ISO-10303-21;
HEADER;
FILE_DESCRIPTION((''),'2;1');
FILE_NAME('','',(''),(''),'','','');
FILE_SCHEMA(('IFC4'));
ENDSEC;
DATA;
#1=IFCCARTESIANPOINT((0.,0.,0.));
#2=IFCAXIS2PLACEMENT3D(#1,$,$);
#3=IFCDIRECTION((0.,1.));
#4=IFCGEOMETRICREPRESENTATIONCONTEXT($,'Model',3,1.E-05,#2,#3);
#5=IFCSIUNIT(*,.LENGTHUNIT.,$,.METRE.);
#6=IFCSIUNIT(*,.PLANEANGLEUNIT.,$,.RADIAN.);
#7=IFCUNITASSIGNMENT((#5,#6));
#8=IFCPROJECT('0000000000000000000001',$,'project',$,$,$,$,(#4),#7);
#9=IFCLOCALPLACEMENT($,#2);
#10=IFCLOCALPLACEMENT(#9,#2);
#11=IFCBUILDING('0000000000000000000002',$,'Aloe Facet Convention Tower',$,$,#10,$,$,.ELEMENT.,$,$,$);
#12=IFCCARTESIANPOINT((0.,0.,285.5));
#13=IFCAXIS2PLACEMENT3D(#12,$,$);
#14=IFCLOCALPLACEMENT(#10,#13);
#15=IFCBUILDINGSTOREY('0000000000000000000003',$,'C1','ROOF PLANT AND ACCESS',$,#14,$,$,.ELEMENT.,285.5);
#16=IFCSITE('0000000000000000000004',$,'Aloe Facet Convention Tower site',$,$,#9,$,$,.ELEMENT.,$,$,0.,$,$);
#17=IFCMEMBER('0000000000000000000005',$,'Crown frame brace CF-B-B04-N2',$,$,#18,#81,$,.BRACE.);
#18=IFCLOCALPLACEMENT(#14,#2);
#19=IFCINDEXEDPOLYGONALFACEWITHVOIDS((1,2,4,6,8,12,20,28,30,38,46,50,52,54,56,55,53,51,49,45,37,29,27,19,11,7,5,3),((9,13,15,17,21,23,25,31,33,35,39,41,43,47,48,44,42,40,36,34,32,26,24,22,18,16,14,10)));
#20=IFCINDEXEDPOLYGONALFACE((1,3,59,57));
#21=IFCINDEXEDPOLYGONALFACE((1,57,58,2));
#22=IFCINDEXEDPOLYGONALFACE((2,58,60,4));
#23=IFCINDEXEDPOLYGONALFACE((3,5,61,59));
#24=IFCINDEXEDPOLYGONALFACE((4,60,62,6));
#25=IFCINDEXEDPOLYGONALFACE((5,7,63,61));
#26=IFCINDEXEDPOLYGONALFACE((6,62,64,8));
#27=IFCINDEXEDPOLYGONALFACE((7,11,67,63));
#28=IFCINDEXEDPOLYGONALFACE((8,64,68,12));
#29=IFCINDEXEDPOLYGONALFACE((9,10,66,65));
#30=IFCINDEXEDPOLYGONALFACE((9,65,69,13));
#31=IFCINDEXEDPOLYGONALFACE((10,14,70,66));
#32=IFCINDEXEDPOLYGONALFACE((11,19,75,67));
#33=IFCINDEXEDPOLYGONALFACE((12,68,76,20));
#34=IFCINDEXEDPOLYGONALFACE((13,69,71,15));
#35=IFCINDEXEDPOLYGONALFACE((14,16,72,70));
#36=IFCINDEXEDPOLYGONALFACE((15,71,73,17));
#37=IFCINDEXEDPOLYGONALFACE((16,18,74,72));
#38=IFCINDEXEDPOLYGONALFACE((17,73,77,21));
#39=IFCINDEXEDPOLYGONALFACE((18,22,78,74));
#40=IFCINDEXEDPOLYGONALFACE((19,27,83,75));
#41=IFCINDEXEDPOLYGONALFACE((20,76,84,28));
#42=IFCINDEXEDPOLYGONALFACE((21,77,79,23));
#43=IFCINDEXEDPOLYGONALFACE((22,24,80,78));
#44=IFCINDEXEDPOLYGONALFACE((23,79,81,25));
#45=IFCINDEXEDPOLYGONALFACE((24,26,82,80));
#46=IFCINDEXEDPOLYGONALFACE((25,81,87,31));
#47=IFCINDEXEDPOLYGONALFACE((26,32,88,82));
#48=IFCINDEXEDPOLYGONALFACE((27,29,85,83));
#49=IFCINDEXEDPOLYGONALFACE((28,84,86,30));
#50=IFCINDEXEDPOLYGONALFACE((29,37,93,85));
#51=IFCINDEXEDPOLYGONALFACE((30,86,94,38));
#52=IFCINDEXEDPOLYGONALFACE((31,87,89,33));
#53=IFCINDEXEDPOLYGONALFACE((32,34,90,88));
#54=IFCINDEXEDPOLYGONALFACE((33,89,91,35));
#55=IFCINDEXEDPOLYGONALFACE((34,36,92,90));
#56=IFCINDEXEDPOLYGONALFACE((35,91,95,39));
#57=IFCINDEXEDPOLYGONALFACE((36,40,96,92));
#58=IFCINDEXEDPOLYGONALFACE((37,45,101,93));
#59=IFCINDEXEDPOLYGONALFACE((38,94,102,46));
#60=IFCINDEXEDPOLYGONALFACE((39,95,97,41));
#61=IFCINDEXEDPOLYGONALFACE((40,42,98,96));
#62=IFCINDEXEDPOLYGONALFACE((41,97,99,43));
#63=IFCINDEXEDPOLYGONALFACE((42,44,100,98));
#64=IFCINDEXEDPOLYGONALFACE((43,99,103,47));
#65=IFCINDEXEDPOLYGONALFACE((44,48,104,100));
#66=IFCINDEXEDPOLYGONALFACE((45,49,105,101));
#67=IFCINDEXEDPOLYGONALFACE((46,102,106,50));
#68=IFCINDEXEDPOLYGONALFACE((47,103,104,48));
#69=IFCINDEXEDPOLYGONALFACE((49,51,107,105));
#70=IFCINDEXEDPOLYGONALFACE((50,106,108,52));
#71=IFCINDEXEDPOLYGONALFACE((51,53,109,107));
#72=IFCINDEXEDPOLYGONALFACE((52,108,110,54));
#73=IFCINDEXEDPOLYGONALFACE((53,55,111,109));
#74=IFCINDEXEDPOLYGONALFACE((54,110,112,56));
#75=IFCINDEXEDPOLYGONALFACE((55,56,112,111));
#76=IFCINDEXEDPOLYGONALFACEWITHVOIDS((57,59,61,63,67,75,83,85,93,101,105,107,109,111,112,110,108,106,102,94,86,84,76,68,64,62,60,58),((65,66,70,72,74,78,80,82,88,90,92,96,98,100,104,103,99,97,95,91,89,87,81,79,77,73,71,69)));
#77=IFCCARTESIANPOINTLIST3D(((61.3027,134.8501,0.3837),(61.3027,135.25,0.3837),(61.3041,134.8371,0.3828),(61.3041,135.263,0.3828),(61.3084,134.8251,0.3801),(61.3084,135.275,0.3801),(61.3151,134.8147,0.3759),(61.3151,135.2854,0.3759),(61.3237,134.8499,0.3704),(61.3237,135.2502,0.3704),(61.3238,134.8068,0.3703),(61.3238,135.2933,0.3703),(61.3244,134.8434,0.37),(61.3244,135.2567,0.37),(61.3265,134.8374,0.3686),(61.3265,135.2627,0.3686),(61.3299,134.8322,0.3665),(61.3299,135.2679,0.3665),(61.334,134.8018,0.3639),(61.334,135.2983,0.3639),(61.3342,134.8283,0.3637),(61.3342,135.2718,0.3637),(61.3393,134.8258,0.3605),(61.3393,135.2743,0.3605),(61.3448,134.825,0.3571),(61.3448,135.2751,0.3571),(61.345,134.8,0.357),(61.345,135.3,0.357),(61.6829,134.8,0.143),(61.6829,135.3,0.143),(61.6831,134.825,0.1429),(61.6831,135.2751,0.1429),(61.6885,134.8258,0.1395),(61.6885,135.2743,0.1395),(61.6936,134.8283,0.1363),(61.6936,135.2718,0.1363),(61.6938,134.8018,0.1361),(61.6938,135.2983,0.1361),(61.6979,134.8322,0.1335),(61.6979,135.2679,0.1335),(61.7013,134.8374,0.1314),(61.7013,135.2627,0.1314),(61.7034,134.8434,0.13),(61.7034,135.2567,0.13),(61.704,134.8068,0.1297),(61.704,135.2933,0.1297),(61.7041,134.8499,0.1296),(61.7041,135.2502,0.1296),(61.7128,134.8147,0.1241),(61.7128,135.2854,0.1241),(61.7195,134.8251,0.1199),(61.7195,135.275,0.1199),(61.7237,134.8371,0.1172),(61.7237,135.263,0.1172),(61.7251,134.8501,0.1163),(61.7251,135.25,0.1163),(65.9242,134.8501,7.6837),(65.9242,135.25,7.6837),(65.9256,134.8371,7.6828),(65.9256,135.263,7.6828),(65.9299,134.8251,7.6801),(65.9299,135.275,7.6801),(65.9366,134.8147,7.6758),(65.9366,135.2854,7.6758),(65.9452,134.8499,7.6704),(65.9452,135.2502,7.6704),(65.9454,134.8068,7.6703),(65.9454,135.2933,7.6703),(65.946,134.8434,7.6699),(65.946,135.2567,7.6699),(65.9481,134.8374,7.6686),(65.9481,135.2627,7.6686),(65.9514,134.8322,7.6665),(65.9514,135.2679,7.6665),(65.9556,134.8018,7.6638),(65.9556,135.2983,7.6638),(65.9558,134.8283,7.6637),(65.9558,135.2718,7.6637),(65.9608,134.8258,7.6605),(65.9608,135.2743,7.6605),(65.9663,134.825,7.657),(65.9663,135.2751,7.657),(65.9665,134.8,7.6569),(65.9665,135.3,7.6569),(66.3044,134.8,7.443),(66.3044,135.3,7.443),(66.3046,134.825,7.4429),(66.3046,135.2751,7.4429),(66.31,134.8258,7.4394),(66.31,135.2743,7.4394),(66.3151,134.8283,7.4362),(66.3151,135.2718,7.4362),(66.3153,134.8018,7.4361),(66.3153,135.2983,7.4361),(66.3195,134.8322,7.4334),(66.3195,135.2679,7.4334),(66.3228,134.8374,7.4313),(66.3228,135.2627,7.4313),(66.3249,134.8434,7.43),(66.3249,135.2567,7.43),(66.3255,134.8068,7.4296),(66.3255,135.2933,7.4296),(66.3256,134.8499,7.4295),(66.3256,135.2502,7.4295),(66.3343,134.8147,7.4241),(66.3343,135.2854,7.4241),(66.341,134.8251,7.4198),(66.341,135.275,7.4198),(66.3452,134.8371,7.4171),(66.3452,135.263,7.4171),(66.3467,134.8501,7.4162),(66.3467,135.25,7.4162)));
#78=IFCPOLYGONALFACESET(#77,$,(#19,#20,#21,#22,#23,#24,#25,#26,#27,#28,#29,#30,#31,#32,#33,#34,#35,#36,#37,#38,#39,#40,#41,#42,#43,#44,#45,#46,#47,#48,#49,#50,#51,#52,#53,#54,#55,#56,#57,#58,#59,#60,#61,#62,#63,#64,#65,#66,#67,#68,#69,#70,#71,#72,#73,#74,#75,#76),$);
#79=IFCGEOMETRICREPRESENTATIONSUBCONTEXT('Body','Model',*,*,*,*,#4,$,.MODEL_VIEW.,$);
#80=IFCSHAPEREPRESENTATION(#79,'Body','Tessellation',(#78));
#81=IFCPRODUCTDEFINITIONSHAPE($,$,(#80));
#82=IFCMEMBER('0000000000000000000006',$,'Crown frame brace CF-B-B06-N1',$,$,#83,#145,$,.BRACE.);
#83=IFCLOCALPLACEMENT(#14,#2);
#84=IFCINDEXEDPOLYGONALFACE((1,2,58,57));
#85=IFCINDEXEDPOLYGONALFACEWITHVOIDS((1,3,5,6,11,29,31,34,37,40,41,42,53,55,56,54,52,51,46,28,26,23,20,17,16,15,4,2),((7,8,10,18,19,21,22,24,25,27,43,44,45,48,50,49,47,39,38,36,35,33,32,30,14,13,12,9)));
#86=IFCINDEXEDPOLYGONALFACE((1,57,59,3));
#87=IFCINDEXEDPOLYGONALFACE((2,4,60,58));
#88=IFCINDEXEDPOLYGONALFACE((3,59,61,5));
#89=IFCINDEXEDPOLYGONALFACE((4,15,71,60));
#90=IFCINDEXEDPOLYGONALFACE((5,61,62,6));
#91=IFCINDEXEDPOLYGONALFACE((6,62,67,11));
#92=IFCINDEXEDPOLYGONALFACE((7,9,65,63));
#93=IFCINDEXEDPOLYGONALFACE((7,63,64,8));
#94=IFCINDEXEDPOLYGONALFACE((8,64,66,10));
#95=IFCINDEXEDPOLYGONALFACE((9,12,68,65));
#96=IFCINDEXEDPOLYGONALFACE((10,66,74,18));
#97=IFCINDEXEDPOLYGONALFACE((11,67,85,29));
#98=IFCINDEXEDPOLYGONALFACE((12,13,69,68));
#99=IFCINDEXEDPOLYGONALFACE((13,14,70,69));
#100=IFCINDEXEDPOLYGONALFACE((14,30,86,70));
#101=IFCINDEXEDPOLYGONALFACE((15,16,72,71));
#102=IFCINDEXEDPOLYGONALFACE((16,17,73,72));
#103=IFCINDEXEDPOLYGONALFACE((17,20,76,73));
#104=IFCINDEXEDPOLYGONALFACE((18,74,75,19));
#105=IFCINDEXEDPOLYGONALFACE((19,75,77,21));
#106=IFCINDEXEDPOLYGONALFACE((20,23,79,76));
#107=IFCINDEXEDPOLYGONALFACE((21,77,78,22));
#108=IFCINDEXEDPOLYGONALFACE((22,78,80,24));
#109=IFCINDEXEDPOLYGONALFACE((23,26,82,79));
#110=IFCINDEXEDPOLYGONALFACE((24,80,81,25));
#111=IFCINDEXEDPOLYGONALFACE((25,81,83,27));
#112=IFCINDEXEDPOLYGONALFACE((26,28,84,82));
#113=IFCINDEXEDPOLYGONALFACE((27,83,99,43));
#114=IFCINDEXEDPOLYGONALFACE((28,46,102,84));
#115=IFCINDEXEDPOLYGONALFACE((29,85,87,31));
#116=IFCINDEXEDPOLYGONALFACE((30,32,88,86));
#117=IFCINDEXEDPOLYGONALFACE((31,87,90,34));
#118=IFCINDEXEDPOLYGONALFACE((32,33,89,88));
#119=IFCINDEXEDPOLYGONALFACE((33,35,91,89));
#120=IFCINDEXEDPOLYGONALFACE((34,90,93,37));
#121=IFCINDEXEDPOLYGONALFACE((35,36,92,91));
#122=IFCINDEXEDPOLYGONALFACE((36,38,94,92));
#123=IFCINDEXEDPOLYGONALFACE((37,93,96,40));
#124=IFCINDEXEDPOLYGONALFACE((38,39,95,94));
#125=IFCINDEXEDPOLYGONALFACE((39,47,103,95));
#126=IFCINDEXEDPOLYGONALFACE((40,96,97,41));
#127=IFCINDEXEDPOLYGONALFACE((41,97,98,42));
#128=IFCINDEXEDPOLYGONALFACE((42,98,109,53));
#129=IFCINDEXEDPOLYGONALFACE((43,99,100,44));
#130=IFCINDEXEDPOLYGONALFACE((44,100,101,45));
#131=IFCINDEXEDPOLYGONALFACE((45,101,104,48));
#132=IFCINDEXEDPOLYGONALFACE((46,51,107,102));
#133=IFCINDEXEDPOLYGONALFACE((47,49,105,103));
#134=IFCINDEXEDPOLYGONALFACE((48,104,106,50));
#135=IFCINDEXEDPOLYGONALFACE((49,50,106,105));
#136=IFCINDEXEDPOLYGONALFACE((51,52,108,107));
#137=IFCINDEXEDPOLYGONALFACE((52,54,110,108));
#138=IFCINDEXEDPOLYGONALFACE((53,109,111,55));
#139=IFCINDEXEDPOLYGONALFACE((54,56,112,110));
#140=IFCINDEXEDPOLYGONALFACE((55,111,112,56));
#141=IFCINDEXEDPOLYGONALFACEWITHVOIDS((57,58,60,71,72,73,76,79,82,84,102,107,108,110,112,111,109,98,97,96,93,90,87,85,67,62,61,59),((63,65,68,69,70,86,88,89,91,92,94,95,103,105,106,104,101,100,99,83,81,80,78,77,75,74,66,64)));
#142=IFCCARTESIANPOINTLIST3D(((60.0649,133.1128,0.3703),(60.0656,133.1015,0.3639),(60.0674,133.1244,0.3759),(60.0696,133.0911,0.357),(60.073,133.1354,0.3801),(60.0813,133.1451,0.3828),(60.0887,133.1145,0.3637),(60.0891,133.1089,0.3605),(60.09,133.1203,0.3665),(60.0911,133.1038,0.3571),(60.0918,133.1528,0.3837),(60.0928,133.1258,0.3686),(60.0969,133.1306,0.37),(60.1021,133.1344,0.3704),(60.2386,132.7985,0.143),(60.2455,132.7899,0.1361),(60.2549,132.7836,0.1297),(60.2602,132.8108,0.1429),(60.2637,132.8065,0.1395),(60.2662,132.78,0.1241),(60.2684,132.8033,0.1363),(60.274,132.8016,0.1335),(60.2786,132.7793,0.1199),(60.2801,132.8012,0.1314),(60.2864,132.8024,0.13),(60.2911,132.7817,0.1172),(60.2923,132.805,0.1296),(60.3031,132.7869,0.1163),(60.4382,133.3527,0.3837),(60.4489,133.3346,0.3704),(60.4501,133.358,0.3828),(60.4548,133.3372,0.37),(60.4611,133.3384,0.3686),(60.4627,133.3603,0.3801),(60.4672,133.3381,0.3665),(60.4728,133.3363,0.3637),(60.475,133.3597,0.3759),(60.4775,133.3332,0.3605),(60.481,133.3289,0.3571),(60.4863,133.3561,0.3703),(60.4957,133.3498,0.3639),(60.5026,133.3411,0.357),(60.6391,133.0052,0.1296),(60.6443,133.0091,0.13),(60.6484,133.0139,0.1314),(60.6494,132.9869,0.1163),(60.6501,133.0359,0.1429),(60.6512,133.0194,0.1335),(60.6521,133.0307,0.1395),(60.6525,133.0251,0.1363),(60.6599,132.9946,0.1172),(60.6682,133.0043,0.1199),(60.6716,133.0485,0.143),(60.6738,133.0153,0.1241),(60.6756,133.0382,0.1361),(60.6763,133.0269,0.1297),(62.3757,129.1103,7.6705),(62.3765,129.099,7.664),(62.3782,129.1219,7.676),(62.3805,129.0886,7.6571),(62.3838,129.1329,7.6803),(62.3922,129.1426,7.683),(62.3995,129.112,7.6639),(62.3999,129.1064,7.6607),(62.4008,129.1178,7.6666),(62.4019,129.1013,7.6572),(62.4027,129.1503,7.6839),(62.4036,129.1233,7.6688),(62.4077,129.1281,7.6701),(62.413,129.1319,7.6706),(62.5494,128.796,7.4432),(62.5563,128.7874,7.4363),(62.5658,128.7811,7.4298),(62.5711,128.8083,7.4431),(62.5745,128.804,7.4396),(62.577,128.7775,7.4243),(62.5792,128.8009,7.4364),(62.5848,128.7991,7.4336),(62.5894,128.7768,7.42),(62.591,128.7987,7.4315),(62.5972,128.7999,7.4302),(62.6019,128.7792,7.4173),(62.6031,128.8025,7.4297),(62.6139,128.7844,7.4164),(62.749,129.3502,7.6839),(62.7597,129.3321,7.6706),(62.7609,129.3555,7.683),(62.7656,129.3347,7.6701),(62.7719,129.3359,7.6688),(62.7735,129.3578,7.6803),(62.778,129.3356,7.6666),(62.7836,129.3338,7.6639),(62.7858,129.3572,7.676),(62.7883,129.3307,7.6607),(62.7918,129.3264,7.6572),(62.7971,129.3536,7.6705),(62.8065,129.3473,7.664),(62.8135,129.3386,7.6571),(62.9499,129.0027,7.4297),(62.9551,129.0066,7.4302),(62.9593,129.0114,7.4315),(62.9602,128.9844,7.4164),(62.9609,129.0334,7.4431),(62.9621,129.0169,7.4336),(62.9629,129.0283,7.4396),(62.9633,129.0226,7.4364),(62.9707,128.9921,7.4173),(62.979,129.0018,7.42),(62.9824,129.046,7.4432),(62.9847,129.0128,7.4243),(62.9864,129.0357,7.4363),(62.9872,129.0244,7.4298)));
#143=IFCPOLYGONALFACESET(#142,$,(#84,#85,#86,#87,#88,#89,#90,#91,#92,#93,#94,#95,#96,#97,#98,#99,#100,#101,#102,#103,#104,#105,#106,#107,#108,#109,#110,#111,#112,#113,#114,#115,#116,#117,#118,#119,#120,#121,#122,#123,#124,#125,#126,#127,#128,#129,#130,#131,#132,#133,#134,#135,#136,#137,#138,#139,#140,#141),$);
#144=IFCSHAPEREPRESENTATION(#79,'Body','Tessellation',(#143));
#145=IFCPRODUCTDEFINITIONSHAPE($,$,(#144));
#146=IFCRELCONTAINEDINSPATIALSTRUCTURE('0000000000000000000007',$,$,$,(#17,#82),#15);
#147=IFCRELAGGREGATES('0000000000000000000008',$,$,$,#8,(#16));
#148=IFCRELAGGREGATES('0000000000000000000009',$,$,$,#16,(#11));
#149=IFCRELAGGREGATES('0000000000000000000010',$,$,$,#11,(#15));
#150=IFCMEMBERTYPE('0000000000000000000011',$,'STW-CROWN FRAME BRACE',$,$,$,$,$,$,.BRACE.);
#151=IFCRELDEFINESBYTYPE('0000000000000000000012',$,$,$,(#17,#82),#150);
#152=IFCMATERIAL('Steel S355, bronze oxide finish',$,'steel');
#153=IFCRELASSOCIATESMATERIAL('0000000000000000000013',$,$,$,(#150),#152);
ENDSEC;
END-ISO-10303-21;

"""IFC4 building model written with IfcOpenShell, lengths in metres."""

from ifc_helpers import new_model, si_unit, direction, frame, origin, origin_2d, place, context, subcontext, project, spatial, hollow_rectangle, extrude, material, material_profile, profile_set, type_object, element, save


model = new_model("IFC4")

# Units and contexts
model_context = context("Model", 3, precision=1e-05, world=origin(), true_north=direction((0.0, 1.0)))
body_context = subcontext(model_context, "Body", "Model", "MODEL_VIEW")
ifc_project = project(units=[si_unit("LENGTHUNIT", "METRE"), si_unit("PLANEANGLEUNIT", "RADIAN")], contexts=[model_context])

# Site, building, storey
site_placement = place(None, origin())
site = spatial("IfcSite", under=ifc_project, at=site_placement, Name="Aloe Facet Convention Tower site", CompositionType="ELEMENT", RefElevation=0.0)
building_placement = place(site_placement, origin())
building = spatial("IfcBuilding", under=site, at=building_placement, Name="Aloe Facet Convention Tower", CompositionType="ELEMENT")
storey_placement = place(building_placement, frame((0.0, 0.0, 285.5)))
storey = spatial("IfcBuildingStorey", under=building, at=storey_placement, Name="C1", Description="ROOF PLANT AND ACCESS", CompositionType="ELEMENT", Elevation=285.5)

# Members
ifc_material_1 = material(Name="Steel S355, bronze oxide finish", Category="steel")
ifc_material_profile_1 = material_profile(ifc_material_1, hollow_rectangle(XDim=0.5, YDim=0.5, WallThickness=0.0249, InnerFilletRadius=0.0249, OuterFilletRadius=0.05, at=origin_2d()), Name="SHS 500x500x25")
ifc_profile_set_1 = profile_set([ifc_material_profile_1], Name="Steel S355, bronze oxide finish")
member_type = type_object("IfcMemberType", Name="STW-CROWN FRAME BRACE", PredefinedType="BRACE", material=ifc_profile_set_1)
member_1_placement = place(storey_placement, frame((61.5139, 135.05, 0.25), z_axis=(0.534905, 0.0, 0.844912), x_axis=(0.0, 1.0, 0.0)))
element("IfcMember", 1, at=member_1_placement, inside=storey, type_object=member_type, Name="Crown frame brace CF-B-B04-N2", PredefinedType="BRACE", context=body_context, shape_type="SweptSolid", body=[
    extrude(hollow_rectangle(XDim=0.5, YDim=0.5, WallThickness=0.0249, InnerFilletRadius=0.0249, OuterFilletRadius=0.05, at=origin_2d()), origin(), (0.0, 0.0, 1.0), 8.6399),
])
for number, where, z_axis, x_axis, name in (
    (2, (60.3706, 133.0698, 0.25), (0.267452, -0.463244, 0.844911), (0.866027, 0.499997, 0.0), "Crown frame brace CF-B-B06-N1"),
):
    element("IfcMember", number, at=place(storey_placement, frame(where, z_axis=z_axis, x_axis=x_axis)), inside=storey, type_object=member_type, Name=name, PredefinedType="BRACE", context=body_context, shape_type="SweptSolid", body=[
        extrude(hollow_rectangle(XDim=0.5, YDim=0.5, WallThickness=0.0249, InnerFilletRadius=0.0249, OuterFilletRadius=0.05, at=origin_2d()), origin(), (0.0, 0.0, 1.0), 8.6401),
    ])

save(model, "model.ifc")
